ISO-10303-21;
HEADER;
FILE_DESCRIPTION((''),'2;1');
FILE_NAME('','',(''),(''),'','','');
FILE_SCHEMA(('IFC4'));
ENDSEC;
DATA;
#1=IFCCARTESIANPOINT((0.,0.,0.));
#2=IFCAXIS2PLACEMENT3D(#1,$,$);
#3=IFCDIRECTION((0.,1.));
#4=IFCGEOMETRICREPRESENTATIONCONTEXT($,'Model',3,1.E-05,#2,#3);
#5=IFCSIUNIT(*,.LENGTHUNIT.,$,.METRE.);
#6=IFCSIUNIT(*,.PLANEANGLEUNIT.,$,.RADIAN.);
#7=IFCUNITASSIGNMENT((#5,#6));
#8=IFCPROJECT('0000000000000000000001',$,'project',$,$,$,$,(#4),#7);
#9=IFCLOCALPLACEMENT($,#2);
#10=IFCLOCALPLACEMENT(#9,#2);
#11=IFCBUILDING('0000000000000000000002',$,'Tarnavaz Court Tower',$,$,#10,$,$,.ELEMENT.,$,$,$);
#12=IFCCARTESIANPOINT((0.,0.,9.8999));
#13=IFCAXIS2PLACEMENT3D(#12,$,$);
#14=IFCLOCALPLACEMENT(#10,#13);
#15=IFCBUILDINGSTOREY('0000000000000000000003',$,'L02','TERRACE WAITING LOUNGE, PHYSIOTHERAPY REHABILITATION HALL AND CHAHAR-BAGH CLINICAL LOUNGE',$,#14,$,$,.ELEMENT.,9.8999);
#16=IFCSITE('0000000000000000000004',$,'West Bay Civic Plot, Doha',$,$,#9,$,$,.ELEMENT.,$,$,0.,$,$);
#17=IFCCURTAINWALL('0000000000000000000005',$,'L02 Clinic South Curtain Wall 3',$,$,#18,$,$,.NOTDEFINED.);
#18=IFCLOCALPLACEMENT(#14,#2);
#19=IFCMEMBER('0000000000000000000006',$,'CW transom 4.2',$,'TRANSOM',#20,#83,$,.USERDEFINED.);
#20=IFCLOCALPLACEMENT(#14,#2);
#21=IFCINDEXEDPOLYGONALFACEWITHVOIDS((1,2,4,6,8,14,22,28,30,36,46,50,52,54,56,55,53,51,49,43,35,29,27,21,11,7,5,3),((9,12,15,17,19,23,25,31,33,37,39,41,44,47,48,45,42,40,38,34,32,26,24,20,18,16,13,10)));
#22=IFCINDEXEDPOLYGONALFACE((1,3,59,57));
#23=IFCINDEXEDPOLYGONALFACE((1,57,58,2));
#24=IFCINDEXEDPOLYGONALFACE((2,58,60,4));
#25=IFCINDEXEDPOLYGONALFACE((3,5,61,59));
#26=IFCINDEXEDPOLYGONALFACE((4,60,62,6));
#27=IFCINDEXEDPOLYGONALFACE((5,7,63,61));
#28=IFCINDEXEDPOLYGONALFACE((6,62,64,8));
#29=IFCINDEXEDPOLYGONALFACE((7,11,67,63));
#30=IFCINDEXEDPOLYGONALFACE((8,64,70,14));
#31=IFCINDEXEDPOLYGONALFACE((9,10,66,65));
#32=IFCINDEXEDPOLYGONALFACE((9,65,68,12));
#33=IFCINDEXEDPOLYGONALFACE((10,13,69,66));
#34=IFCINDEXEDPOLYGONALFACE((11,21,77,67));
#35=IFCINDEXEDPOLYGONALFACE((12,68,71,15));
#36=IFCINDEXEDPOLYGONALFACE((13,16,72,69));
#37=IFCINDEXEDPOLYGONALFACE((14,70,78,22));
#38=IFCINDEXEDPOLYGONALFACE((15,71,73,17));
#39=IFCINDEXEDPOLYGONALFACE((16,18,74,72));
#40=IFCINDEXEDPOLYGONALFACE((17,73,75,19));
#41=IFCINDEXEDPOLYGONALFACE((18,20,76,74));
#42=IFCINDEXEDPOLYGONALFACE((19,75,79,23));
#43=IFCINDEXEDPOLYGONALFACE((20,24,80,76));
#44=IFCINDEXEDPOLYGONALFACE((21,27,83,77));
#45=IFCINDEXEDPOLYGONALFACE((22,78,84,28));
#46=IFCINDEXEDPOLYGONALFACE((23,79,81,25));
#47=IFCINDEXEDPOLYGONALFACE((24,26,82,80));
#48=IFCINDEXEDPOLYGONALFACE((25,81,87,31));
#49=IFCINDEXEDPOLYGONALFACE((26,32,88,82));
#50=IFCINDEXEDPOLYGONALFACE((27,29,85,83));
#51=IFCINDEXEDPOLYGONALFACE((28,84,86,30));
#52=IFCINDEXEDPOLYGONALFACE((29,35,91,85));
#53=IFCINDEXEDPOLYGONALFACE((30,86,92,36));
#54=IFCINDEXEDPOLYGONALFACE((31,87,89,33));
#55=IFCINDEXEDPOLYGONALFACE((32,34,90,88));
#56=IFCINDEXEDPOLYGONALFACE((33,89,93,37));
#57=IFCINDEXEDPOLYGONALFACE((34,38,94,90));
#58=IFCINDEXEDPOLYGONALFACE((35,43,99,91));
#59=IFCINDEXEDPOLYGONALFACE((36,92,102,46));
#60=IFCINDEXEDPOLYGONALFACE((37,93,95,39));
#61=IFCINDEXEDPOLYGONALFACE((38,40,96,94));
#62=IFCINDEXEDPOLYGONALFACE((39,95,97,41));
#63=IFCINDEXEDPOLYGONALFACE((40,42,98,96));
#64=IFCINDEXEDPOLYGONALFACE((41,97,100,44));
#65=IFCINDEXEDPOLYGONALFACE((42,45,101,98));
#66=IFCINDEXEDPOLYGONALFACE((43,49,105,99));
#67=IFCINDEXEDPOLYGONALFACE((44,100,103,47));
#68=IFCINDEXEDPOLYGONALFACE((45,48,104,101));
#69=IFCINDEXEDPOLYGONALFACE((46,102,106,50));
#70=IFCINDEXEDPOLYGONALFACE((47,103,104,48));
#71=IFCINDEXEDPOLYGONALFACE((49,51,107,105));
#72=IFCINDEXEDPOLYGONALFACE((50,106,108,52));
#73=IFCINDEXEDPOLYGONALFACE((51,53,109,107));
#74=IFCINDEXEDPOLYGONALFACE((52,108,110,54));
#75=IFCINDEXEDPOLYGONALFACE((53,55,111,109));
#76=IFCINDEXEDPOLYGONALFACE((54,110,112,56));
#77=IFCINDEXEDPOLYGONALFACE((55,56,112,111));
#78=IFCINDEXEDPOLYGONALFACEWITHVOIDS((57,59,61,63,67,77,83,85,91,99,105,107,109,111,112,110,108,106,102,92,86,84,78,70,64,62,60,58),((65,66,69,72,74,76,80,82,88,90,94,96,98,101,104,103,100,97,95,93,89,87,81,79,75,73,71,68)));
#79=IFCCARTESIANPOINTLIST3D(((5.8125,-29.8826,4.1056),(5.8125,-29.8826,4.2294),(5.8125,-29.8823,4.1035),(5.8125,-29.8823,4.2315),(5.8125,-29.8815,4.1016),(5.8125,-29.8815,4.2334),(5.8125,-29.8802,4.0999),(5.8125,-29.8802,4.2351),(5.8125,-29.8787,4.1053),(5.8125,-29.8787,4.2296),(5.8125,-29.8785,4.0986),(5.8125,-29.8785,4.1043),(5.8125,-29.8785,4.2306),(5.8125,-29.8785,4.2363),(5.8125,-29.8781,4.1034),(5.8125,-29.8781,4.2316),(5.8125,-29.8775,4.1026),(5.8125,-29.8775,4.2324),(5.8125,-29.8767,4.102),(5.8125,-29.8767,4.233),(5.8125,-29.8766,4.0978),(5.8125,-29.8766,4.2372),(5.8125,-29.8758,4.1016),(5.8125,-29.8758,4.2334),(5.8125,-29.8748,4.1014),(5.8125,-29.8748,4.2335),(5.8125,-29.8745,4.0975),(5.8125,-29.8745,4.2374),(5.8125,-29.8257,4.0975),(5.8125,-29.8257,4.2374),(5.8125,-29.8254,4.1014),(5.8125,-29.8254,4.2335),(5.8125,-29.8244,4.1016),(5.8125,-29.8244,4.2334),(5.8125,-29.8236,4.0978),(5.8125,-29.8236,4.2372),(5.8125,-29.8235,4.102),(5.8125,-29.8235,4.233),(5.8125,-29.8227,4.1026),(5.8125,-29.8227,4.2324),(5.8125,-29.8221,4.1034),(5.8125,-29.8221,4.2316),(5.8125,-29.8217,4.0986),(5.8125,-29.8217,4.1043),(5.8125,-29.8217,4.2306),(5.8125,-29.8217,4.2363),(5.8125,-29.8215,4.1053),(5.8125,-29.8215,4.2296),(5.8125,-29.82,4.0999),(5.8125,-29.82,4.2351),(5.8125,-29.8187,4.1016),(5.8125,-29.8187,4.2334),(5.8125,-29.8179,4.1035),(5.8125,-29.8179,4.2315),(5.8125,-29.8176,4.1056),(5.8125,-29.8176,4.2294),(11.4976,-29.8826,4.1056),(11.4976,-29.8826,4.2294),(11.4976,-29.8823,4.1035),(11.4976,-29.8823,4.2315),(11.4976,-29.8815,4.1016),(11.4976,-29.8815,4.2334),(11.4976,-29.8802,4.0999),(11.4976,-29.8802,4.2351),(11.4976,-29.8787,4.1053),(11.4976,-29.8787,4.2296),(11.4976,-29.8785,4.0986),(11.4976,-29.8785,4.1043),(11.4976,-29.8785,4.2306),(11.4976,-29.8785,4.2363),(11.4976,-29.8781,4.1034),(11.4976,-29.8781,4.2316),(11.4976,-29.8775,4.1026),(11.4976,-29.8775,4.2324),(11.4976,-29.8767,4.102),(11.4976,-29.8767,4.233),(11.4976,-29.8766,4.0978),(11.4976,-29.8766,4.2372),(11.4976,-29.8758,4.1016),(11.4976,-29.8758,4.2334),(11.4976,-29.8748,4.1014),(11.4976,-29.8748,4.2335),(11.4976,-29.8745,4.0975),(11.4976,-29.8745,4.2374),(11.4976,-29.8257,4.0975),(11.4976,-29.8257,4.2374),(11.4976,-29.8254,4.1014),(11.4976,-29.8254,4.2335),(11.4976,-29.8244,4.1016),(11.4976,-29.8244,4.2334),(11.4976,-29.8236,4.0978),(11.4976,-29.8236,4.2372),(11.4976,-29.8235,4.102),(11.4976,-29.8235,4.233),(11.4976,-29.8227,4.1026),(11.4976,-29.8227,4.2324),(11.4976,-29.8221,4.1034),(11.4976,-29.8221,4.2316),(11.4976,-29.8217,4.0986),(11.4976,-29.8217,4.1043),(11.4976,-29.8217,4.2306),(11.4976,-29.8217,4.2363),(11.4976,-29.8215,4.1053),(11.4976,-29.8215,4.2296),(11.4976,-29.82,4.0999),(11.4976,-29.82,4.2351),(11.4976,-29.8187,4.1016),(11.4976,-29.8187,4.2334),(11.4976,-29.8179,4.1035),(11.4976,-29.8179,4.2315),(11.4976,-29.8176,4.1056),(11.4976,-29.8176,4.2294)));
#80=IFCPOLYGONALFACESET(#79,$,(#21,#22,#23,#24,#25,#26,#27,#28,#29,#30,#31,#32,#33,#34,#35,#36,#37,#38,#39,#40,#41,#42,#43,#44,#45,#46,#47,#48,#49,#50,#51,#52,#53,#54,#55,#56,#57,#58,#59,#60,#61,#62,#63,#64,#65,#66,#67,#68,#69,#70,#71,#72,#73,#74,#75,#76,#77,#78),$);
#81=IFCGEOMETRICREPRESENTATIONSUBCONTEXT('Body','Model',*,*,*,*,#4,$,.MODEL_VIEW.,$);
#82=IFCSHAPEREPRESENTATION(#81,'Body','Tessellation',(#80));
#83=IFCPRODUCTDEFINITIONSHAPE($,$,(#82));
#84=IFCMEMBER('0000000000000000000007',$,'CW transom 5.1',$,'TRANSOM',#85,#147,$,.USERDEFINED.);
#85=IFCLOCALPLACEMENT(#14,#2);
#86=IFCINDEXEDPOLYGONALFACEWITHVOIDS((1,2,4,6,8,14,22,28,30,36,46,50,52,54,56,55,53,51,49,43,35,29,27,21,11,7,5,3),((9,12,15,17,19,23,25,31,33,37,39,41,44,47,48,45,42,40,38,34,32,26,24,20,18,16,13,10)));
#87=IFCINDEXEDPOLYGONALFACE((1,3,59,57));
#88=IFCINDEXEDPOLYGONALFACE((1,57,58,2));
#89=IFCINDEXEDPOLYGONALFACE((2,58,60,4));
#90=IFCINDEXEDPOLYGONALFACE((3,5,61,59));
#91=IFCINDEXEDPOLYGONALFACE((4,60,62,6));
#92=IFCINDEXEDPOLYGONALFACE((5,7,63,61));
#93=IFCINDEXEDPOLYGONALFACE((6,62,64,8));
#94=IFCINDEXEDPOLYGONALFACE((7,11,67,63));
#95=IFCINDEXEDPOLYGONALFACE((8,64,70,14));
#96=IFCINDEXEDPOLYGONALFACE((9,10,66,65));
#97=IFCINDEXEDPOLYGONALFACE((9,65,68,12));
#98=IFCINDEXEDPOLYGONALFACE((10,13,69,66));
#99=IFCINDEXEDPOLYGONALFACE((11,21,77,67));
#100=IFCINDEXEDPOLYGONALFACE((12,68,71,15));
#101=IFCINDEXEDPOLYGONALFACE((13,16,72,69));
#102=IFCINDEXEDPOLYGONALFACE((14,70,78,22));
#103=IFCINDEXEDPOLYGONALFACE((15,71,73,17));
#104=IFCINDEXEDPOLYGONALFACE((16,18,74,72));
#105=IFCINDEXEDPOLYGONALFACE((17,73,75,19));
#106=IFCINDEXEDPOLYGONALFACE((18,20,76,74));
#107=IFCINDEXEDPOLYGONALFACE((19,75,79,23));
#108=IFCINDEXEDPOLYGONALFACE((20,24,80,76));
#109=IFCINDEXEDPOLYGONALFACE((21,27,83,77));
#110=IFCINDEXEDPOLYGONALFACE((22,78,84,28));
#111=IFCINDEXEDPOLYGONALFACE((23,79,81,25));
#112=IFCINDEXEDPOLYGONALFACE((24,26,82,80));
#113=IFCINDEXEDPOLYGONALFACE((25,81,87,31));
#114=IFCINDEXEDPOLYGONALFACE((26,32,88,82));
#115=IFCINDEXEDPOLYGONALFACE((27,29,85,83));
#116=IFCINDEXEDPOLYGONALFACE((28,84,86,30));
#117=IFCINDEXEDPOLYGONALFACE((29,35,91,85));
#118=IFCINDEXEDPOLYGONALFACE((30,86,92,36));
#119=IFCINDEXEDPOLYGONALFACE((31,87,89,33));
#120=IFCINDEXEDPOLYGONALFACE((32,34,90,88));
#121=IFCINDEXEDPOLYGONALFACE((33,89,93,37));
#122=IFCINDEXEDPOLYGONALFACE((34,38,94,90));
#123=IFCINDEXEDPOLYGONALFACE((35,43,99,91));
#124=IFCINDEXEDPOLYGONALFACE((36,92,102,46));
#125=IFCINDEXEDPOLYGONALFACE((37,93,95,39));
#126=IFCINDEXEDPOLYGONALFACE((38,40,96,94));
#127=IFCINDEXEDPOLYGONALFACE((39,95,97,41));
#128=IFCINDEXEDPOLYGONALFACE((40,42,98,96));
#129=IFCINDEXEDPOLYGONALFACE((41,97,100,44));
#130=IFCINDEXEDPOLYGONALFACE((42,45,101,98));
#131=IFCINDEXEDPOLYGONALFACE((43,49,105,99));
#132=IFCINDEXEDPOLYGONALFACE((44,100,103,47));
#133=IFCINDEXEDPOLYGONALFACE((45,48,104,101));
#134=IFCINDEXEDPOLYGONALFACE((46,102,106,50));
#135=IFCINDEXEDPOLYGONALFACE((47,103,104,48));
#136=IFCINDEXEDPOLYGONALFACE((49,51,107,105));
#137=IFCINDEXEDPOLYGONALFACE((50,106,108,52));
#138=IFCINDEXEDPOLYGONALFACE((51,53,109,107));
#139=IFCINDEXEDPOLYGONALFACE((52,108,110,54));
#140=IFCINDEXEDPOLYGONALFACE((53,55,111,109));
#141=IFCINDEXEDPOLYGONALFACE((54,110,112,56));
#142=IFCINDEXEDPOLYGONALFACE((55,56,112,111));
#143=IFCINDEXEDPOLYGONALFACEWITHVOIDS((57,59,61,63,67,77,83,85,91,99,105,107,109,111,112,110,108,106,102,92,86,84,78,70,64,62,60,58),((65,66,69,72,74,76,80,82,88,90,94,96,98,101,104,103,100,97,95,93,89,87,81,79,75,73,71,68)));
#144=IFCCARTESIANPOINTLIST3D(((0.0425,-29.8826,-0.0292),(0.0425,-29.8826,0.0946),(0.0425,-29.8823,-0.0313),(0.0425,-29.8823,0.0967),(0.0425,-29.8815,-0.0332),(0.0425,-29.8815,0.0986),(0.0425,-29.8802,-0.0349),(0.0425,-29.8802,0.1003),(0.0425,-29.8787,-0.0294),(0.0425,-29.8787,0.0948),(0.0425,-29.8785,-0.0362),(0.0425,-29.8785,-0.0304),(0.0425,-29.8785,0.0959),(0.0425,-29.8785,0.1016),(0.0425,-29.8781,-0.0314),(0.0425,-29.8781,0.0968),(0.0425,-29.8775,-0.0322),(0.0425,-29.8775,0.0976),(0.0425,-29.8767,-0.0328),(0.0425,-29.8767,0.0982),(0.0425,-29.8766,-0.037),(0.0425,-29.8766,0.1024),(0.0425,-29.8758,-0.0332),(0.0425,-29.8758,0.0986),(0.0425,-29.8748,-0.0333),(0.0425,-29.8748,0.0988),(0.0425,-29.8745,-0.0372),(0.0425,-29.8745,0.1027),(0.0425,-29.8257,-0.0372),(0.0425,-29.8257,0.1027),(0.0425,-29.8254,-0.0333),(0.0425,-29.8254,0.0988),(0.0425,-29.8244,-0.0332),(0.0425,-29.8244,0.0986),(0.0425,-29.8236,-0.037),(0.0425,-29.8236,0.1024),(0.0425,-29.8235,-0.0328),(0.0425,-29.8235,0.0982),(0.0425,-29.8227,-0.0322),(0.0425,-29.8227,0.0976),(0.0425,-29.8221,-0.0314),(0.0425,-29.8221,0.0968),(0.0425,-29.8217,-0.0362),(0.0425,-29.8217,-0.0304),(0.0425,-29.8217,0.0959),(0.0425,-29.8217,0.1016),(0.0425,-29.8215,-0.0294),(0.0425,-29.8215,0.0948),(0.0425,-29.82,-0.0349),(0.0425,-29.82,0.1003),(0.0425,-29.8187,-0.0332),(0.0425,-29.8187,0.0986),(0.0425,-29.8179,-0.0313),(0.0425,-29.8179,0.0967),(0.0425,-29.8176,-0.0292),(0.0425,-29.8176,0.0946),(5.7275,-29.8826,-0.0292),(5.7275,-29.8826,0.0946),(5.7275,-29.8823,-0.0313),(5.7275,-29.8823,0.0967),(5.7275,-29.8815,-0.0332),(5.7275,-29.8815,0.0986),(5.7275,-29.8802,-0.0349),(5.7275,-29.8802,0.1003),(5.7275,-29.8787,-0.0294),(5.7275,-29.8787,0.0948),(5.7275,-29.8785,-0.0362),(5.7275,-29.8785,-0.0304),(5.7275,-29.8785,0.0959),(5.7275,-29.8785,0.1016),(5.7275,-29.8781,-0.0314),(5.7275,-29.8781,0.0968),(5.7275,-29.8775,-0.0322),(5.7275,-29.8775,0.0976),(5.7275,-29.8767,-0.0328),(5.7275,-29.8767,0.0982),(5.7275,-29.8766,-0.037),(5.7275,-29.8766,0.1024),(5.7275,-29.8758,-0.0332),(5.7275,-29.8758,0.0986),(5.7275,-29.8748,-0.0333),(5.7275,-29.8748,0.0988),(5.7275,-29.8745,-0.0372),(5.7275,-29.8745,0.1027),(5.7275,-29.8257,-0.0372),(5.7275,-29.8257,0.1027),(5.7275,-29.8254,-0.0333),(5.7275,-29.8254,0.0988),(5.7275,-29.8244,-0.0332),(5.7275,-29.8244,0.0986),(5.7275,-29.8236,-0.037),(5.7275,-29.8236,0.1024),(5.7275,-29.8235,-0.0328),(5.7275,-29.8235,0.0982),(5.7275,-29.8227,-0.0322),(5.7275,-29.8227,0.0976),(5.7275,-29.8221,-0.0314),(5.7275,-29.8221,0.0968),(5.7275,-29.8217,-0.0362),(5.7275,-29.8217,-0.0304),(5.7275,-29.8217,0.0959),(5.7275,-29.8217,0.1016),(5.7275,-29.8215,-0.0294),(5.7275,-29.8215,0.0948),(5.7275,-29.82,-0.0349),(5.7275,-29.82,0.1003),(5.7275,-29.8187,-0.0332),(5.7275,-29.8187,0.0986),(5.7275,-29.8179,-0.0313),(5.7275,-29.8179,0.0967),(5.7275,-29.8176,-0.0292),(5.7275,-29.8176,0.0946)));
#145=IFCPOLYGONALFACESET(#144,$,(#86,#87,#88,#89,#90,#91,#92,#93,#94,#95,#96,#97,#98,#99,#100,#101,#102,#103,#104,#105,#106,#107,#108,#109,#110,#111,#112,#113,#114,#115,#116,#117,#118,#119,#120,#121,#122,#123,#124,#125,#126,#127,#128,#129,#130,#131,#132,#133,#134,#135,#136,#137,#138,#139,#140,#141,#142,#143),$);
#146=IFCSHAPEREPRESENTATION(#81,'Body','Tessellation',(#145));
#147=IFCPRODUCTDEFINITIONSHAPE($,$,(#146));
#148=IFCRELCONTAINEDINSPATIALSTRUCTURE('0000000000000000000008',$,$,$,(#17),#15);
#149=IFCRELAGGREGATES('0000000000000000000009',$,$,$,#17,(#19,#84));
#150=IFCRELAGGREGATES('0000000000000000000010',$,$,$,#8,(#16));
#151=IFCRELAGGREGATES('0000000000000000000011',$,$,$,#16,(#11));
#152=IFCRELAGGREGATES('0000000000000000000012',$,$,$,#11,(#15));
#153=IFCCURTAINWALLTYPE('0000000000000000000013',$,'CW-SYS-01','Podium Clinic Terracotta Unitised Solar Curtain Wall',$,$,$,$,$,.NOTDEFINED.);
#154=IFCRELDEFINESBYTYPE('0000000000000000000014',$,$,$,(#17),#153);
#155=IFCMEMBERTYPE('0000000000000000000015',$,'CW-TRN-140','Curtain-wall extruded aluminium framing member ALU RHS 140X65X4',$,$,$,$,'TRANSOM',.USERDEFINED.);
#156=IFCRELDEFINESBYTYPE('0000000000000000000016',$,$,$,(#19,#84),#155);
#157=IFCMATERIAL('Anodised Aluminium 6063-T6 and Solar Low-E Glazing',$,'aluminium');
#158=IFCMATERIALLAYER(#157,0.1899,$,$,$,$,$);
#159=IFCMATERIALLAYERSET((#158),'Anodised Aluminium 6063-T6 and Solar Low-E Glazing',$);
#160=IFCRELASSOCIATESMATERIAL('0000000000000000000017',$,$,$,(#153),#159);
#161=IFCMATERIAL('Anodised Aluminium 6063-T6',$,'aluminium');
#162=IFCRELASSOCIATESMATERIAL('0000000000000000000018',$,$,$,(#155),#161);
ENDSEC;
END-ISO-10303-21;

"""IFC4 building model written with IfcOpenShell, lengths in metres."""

from ifc_helpers import new_model, si_unit, direction, frame, origin, origin_2d, place, context, subcontext, project, spatial, hollow_rectangle, extrude, material, layer, layer_set, material_profile, profile_set, type_object, element, aggregate, save


model = new_model("IFC4")

# Units and contexts
model_context = context("Model", 3, precision=1e-05, world=origin(), true_north=direction((0.0, 1.0)))
body_context = subcontext(model_context, "Body", "Model", "MODEL_VIEW")
ifc_project = project(units=[si_unit("LENGTHUNIT", "METRE"), si_unit("PLANEANGLEUNIT", "RADIAN")], contexts=[model_context])

# Site, building, storey
site_placement = place(None, origin())
site = spatial("IfcSite", under=ifc_project, at=site_placement, Name="West Bay Civic Plot, Doha", CompositionType="ELEMENT", RefElevation=0.0)
building_placement = place(site_placement, origin())
building = spatial("IfcBuilding", under=site, at=building_placement, Name="Tarnavaz Court Tower", CompositionType="ELEMENT")
storey_placement = place(building_placement, frame((0.0, 0.0, 9.8999)))
storey = spatial("IfcBuildingStorey", under=building, at=storey_placement, Name="L02", Description="TERRACE WAITING LOUNGE, PHYSIOTHERAPY REHABILITATION HALL AND CHAHAR-BAGH CLINICAL LOUNGE", CompositionType="ELEMENT", Elevation=9.8999)

# Curtain wall, members
ifc_material_1 = material(Name="Anodised Aluminium 6063-T6 and Solar Low-E Glazing", Category="aluminium")
ifc_layer_1 = layer(ifc_material_1, 0.1899)
ifc_layer_set_1 = layer_set([ifc_layer_1], Name="Anodised Aluminium 6063-T6 and Solar Low-E Glazing")
curtain_wall_type = type_object("IfcCurtainWallType", Name="CW-SYS-01", Description="Podium Clinic Terracotta Unitised Solar Curtain Wall", PredefinedType="NOTDEFINED", material=ifc_layer_set_1)
curtain_wall_placement = place(storey_placement, origin())
curtain_wall = element("IfcCurtainWall", 1, at=curtain_wall_placement, inside=storey, type_object=curtain_wall_type, Name="L02 Clinic South Curtain Wall 3", PredefinedType="NOTDEFINED")
ifc_material_2 = material(Name="Anodised Aluminium 6063-T6", Category="aluminium")
ifc_material_profile_1 = material_profile(ifc_material_2, hollow_rectangle(XDim=0.0649, YDim=0.1399, WallThickness=0.0039, InnerFilletRadius=0.0039, OuterFilletRadius=0.0081, at=origin_2d()), Name="ALU RHS 140X65X4")
ifc_profile_set_1 = profile_set([ifc_material_profile_1], Name="Anodised Aluminium 6063-T6")
member_type_1 = type_object("IfcMemberType", Name="CW-TRN-140", Description="Curtain-wall extruded aluminium framing member ALU RHS 140X65X4", ElementType="TRANSOM", PredefinedType="USERDEFINED", material=ifc_profile_set_1)
member_1_placement = place(storey_placement, frame((11.4976, -29.8501, 4.1675), z_axis=(-1.0, 0.0, 0.0), x_axis=(0.0, -1.0, 0.0)))
member_1 = element("IfcMember", 2, at=member_1_placement, type_object=member_type_1, Name="CW transom 4.2", ObjectType="TRANSOM", PredefinedType="USERDEFINED", context=body_context, shape_type="SweptSolid", body=[
    extrude(hollow_rectangle(XDim=0.0649, YDim=0.1399, WallThickness=0.0039, InnerFilletRadius=0.0039, OuterFilletRadius=0.0081, at=origin_2d()), origin(), (0.0, 0.0, 1.0), 5.6851),
])
member_2_placement = place(storey_placement, frame((5.7275, -29.8501, 0.0327), z_axis=(-1.0, 0.0, 0.0), x_axis=(0.0, -1.0, 0.0)))
member_2 = element("IfcMember", 3, at=member_2_placement, type_object=member_type_1, Name="CW transom 5.1", ObjectType="TRANSOM", PredefinedType="USERDEFINED", context=body_context, shape_type="SweptSolid", body=[
    extrude(hollow_rectangle(XDim=0.0649, YDim=0.1399, WallThickness=0.0039, InnerFilletRadius=0.0039, OuterFilletRadius=0.0081, at=origin_2d()), origin(), (0.0, 0.0, 1.0), 5.6851),
])
aggregate(curtain_wall, [member_1, member_2])

save(model, "model.ifc")
